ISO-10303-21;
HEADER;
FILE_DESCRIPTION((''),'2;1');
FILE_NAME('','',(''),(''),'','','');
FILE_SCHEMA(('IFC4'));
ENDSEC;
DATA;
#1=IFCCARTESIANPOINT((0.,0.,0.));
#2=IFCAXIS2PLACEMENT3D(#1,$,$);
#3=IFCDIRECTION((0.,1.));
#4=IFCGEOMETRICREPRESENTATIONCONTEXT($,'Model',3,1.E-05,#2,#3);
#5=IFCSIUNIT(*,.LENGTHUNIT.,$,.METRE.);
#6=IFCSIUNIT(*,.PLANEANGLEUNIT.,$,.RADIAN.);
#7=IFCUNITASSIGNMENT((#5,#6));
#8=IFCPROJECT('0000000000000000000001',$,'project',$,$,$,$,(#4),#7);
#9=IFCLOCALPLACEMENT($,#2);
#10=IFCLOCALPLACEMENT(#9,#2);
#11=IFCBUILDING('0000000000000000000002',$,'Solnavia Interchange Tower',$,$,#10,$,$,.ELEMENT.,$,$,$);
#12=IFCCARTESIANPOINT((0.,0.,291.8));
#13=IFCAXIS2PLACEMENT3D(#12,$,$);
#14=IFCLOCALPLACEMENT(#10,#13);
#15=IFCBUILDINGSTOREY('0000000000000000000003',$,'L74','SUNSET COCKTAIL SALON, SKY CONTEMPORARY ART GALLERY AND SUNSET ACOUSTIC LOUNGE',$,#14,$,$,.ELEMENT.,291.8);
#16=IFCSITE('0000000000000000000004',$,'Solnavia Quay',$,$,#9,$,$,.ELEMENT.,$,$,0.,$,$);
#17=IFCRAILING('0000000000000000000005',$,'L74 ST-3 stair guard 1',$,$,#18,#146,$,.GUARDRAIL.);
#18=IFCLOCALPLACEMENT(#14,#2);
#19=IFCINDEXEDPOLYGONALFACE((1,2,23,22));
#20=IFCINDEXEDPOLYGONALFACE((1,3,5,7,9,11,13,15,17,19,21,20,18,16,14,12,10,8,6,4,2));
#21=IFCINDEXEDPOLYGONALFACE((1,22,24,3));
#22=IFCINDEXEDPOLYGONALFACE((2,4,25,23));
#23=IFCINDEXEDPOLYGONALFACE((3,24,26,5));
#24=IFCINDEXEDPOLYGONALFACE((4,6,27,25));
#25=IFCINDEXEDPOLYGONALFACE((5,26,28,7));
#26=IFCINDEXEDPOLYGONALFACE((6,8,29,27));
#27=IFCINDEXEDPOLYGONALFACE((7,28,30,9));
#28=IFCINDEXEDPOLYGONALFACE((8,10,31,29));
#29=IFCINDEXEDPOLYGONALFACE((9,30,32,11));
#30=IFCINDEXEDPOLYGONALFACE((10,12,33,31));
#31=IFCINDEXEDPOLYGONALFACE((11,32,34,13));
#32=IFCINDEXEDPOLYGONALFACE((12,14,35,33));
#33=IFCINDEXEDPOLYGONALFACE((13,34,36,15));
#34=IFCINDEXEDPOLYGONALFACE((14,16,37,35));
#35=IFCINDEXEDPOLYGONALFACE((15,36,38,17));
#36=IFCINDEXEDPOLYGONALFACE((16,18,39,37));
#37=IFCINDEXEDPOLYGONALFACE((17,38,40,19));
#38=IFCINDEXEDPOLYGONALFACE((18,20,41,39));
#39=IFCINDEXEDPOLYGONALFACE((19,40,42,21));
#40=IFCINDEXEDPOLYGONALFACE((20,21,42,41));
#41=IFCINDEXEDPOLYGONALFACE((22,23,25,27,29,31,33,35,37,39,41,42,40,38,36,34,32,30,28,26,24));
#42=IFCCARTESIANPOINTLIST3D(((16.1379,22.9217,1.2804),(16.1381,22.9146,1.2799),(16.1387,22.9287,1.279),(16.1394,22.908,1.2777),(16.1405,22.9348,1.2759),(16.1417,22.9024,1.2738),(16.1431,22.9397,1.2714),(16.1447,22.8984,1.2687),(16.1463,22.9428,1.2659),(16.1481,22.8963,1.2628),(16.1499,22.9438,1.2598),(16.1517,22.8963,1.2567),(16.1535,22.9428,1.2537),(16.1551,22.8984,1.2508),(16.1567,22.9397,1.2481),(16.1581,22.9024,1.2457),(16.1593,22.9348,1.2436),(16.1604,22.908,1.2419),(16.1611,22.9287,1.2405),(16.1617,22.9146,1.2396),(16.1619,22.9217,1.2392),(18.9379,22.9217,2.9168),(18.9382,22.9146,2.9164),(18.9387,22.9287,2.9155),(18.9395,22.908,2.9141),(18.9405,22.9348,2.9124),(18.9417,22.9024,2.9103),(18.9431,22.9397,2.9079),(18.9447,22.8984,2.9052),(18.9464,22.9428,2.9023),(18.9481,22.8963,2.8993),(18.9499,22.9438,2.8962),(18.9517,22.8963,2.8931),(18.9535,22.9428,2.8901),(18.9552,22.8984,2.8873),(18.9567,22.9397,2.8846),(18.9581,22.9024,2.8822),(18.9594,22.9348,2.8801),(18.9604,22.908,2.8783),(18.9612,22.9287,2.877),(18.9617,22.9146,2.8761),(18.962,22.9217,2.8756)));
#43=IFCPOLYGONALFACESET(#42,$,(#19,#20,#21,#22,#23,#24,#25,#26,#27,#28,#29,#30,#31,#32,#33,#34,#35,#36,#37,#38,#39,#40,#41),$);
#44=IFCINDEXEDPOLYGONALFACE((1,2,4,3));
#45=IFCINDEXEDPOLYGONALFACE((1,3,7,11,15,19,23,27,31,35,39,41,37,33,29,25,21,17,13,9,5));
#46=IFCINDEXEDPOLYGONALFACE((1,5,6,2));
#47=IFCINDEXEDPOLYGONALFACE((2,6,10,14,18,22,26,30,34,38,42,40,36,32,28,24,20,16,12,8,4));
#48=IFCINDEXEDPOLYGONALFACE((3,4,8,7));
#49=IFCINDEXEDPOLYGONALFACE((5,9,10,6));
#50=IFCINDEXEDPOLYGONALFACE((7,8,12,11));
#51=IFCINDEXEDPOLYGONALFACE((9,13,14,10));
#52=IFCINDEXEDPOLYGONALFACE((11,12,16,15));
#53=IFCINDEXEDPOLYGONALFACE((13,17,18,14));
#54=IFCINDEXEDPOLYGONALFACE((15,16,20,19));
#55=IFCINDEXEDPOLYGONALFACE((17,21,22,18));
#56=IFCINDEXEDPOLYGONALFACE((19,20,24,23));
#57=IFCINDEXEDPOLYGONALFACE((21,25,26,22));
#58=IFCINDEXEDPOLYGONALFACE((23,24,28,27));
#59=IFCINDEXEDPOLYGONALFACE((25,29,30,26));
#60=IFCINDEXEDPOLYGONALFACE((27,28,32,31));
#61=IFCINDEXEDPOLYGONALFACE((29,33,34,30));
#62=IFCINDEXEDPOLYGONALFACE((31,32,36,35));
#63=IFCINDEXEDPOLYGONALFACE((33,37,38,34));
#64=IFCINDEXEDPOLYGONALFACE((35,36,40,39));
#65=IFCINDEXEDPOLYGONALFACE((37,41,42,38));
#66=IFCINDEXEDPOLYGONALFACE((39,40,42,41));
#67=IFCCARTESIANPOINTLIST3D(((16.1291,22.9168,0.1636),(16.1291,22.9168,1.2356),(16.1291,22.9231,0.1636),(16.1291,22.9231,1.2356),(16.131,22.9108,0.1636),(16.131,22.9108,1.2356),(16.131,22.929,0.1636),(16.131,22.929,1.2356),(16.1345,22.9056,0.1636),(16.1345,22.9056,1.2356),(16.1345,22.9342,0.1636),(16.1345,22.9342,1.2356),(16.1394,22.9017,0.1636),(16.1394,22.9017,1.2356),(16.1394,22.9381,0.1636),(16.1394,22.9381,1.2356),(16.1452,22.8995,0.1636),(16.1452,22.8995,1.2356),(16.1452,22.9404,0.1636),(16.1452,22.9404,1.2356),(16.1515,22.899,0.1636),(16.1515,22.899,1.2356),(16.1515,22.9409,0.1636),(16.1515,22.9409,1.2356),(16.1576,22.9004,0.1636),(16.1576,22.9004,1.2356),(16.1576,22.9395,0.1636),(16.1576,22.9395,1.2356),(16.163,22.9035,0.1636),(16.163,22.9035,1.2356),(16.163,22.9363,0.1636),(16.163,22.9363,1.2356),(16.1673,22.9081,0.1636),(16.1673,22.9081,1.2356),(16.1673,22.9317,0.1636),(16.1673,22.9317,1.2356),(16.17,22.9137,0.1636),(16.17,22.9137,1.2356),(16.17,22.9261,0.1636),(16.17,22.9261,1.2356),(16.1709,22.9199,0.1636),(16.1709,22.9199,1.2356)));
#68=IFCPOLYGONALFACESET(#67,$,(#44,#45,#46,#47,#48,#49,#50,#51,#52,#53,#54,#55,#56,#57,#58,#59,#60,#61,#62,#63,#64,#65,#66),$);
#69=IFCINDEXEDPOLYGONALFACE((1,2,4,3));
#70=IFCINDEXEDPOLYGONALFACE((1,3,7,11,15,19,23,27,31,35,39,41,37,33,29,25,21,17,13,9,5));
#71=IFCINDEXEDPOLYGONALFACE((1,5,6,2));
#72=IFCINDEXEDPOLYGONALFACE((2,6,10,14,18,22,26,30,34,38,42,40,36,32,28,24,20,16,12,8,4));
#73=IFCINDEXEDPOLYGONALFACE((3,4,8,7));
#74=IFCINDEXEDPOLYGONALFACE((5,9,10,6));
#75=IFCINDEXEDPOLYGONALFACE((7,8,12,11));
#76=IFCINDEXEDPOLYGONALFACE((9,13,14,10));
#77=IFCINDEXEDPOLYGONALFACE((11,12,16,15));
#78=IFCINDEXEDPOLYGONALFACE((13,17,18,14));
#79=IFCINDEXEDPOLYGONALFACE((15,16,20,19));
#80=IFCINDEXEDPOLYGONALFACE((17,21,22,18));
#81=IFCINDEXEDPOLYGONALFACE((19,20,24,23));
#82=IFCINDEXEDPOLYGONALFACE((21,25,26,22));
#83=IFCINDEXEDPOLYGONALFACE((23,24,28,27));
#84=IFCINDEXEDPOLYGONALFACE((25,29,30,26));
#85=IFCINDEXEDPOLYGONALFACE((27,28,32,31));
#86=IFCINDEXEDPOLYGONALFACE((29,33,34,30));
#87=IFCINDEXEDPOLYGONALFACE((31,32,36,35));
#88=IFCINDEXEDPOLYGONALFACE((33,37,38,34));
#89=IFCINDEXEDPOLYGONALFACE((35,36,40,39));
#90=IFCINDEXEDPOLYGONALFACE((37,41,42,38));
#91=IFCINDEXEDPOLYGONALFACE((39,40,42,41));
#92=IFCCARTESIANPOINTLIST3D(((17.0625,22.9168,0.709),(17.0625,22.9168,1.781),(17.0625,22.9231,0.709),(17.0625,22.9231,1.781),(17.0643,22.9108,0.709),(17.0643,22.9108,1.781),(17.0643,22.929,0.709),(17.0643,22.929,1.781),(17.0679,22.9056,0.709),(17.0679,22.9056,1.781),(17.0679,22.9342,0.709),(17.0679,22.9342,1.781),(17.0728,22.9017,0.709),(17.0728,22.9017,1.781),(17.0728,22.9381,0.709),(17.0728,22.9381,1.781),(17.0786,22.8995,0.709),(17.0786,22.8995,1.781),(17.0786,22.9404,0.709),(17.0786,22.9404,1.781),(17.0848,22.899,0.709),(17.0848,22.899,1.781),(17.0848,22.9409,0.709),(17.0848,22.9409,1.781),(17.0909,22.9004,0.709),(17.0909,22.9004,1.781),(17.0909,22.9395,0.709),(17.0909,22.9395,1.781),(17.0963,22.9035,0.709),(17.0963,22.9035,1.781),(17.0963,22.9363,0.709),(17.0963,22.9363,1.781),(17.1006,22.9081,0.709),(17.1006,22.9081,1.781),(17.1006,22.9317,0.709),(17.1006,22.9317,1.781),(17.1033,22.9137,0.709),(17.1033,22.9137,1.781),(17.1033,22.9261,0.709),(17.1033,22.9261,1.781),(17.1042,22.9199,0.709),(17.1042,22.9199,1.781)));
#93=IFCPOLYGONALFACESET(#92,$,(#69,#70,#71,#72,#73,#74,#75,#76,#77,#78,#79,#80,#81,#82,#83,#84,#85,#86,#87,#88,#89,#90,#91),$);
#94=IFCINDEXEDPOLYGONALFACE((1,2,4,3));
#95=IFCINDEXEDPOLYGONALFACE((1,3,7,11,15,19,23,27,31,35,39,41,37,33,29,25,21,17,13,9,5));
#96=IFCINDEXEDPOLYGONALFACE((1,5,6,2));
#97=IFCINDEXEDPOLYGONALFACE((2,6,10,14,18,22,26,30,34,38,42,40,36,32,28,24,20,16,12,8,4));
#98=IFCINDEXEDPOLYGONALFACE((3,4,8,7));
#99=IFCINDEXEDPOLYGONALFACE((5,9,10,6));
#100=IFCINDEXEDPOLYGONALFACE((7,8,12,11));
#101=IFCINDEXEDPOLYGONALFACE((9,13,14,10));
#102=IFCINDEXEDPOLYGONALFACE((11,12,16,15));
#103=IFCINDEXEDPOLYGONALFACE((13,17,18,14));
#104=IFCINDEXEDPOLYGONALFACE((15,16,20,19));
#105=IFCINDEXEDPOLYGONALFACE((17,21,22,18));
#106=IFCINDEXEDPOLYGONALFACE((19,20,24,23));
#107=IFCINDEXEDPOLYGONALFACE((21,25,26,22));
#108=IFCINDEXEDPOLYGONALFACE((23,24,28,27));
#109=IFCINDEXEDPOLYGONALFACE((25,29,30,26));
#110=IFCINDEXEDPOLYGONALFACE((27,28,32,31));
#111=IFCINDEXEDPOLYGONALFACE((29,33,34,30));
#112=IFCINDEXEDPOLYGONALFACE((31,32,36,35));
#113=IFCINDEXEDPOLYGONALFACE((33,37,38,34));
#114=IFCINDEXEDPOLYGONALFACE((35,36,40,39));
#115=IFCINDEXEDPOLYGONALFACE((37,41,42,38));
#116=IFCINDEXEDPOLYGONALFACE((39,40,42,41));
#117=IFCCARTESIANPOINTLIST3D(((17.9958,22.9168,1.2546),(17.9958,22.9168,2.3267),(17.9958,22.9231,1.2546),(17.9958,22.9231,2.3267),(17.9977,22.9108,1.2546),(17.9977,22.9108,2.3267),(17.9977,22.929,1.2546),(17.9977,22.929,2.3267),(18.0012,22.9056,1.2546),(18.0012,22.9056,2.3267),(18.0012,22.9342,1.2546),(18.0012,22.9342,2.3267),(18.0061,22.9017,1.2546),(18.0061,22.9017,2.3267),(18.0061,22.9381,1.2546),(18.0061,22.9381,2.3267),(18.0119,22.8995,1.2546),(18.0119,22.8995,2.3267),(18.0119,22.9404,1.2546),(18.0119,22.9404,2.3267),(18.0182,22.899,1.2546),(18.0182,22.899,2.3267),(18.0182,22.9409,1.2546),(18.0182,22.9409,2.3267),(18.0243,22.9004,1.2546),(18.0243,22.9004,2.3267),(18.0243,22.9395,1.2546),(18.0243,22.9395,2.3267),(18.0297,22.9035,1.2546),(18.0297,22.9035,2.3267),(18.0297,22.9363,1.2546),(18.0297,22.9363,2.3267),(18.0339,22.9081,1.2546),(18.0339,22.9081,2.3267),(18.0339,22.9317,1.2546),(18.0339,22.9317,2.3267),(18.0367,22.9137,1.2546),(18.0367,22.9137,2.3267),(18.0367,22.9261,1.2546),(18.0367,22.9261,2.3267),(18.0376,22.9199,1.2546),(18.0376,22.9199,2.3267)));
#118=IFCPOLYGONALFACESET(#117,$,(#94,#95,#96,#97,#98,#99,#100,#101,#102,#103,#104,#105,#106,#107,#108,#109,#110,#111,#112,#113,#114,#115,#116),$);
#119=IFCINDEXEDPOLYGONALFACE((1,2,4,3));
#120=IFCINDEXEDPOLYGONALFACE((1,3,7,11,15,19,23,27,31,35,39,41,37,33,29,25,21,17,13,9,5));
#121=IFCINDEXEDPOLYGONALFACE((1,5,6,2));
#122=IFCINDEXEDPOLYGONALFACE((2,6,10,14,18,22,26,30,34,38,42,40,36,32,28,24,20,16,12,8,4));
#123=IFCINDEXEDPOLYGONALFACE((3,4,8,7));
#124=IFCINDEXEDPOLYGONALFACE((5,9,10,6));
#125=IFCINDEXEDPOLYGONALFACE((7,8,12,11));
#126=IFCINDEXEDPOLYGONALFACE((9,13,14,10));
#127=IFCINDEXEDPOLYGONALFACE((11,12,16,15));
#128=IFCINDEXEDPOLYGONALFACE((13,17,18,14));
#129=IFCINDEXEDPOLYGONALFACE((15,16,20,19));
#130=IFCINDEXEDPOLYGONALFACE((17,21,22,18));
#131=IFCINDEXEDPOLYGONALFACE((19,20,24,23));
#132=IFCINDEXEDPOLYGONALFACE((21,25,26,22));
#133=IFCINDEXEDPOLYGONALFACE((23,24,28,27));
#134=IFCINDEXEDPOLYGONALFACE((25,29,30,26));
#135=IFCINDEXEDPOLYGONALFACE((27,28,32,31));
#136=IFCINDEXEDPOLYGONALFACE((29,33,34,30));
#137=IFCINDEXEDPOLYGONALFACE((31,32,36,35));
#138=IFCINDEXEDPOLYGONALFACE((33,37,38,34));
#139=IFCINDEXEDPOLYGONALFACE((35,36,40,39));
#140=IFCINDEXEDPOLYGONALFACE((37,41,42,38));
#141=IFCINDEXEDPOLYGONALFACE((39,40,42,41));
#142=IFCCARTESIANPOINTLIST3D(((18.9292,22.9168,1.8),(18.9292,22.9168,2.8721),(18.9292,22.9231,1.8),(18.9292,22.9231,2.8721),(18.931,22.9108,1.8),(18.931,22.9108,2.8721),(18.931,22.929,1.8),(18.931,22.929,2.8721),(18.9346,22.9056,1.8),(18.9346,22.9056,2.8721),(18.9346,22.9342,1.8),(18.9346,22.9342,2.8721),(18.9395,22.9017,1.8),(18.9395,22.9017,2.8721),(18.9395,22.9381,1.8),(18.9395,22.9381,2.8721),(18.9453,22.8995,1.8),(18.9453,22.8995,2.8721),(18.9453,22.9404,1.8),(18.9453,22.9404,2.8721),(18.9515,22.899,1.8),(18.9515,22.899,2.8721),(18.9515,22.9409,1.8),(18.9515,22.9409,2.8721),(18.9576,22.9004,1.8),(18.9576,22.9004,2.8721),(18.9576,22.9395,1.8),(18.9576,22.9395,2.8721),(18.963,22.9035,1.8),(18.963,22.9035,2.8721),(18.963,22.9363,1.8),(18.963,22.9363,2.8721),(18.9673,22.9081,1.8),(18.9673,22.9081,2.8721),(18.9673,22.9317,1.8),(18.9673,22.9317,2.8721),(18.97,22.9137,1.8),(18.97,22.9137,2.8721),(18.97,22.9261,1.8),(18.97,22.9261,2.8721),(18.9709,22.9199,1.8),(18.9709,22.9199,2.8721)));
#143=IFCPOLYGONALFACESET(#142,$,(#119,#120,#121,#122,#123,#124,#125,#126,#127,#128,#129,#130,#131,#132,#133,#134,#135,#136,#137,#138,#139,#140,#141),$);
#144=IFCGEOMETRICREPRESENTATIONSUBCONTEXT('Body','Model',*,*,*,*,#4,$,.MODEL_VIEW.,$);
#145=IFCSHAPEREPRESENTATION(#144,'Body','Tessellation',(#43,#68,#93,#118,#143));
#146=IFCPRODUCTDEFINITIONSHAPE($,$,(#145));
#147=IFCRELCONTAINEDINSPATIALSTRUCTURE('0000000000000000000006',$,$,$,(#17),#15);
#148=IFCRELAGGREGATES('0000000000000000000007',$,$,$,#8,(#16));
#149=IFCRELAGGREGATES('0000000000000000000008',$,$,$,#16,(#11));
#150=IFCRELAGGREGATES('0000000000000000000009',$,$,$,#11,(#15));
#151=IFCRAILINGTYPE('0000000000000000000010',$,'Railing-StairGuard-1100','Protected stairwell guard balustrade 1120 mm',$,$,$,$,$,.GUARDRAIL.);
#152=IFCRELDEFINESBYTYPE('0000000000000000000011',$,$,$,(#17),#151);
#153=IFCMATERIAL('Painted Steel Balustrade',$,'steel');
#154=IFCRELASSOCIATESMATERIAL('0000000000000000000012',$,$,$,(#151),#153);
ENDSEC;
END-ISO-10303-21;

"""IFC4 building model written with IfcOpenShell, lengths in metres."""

from ifc_helpers import new_model, si_unit, direction, frame, origin, origin_2d, place, context, subcontext, project, spatial, circle, extrude, material, type_object, element, save


model = new_model("IFC4")

# Units and contexts
model_context = context("Model", 3, precision=1e-05, world=origin(), true_north=direction((0.0, 1.0)))
body_context = subcontext(model_context, "Body", "Model", "MODEL_VIEW")
ifc_project = project(units=[si_unit("LENGTHUNIT", "METRE"), si_unit("PLANEANGLEUNIT", "RADIAN")], contexts=[model_context])

# Site, building, storey
site_placement = place(None, origin())
site = spatial("IfcSite", under=ifc_project, at=site_placement, Name="Solnavia Quay", CompositionType="ELEMENT", RefElevation=0.0)
building_placement = place(site_placement, origin())
building = spatial("IfcBuilding", under=site, at=building_placement, Name="Solnavia Interchange Tower", CompositionType="ELEMENT")
storey_placement = place(building_placement, frame((0.0, 0.0, 291.8)))
storey = spatial("IfcBuildingStorey", under=building, at=storey_placement, Name="L74", Description="SUNSET COCKTAIL SALON, SKY CONTEMPORARY ART GALLERY AND SUNSET ACOUSTIC LOUNGE", CompositionType="ELEMENT", Elevation=291.8)

# Railing
ifc_material_1 = material(Name="Painted Steel Balustrade", Category="steel")
railing_type_1 = type_object("IfcRailingType", Name="Railing-StairGuard-1100", Description="Protected stairwell guard balustrade 1120 mm", PredefinedType="GUARDRAIL", material=ifc_material_1)
railing_1_placement = place(storey_placement, frame((16.1499, 22.9199, 0.1636)))
element("IfcRailing", 1, at=railing_1_placement, inside=storey, type_object=railing_type_1, Name="L74 ST-3 stair guard 1", PredefinedType="GUARDRAIL", context=body_context, shape_type="SweptSolid", body=[
    extrude(circle(Radius=0.0239, at=origin_2d()), frame((0.0, 0.0, 1.0962), z_axis=(0.863361, 0.0, 0.504587), x_axis=(0.0, 1.0, 0.0)), (0.0, 0.0, 1.0), 3.2432),
    extrude(circle(Radius=0.021, at=origin_2d()), origin(), (0.0, 0.0, 1.0), 1.072),
    extrude(circle(Radius=0.021, at=origin_2d()), frame((0.9333, 0.0, 0.5454)), (0.0, 0.0, 1.0), 1.072),
    extrude(circle(Radius=0.021, at=origin_2d()), frame((1.8667, 0.0, 1.0911)), (0.0, 0.0, 1.0), 1.072),
    extrude(circle(Radius=0.021, at=origin_2d()), frame((2.8, 0.0, 1.6365)), (0.0, 0.0, 1.0), 1.072),
])

save(model, "model.ifc")
